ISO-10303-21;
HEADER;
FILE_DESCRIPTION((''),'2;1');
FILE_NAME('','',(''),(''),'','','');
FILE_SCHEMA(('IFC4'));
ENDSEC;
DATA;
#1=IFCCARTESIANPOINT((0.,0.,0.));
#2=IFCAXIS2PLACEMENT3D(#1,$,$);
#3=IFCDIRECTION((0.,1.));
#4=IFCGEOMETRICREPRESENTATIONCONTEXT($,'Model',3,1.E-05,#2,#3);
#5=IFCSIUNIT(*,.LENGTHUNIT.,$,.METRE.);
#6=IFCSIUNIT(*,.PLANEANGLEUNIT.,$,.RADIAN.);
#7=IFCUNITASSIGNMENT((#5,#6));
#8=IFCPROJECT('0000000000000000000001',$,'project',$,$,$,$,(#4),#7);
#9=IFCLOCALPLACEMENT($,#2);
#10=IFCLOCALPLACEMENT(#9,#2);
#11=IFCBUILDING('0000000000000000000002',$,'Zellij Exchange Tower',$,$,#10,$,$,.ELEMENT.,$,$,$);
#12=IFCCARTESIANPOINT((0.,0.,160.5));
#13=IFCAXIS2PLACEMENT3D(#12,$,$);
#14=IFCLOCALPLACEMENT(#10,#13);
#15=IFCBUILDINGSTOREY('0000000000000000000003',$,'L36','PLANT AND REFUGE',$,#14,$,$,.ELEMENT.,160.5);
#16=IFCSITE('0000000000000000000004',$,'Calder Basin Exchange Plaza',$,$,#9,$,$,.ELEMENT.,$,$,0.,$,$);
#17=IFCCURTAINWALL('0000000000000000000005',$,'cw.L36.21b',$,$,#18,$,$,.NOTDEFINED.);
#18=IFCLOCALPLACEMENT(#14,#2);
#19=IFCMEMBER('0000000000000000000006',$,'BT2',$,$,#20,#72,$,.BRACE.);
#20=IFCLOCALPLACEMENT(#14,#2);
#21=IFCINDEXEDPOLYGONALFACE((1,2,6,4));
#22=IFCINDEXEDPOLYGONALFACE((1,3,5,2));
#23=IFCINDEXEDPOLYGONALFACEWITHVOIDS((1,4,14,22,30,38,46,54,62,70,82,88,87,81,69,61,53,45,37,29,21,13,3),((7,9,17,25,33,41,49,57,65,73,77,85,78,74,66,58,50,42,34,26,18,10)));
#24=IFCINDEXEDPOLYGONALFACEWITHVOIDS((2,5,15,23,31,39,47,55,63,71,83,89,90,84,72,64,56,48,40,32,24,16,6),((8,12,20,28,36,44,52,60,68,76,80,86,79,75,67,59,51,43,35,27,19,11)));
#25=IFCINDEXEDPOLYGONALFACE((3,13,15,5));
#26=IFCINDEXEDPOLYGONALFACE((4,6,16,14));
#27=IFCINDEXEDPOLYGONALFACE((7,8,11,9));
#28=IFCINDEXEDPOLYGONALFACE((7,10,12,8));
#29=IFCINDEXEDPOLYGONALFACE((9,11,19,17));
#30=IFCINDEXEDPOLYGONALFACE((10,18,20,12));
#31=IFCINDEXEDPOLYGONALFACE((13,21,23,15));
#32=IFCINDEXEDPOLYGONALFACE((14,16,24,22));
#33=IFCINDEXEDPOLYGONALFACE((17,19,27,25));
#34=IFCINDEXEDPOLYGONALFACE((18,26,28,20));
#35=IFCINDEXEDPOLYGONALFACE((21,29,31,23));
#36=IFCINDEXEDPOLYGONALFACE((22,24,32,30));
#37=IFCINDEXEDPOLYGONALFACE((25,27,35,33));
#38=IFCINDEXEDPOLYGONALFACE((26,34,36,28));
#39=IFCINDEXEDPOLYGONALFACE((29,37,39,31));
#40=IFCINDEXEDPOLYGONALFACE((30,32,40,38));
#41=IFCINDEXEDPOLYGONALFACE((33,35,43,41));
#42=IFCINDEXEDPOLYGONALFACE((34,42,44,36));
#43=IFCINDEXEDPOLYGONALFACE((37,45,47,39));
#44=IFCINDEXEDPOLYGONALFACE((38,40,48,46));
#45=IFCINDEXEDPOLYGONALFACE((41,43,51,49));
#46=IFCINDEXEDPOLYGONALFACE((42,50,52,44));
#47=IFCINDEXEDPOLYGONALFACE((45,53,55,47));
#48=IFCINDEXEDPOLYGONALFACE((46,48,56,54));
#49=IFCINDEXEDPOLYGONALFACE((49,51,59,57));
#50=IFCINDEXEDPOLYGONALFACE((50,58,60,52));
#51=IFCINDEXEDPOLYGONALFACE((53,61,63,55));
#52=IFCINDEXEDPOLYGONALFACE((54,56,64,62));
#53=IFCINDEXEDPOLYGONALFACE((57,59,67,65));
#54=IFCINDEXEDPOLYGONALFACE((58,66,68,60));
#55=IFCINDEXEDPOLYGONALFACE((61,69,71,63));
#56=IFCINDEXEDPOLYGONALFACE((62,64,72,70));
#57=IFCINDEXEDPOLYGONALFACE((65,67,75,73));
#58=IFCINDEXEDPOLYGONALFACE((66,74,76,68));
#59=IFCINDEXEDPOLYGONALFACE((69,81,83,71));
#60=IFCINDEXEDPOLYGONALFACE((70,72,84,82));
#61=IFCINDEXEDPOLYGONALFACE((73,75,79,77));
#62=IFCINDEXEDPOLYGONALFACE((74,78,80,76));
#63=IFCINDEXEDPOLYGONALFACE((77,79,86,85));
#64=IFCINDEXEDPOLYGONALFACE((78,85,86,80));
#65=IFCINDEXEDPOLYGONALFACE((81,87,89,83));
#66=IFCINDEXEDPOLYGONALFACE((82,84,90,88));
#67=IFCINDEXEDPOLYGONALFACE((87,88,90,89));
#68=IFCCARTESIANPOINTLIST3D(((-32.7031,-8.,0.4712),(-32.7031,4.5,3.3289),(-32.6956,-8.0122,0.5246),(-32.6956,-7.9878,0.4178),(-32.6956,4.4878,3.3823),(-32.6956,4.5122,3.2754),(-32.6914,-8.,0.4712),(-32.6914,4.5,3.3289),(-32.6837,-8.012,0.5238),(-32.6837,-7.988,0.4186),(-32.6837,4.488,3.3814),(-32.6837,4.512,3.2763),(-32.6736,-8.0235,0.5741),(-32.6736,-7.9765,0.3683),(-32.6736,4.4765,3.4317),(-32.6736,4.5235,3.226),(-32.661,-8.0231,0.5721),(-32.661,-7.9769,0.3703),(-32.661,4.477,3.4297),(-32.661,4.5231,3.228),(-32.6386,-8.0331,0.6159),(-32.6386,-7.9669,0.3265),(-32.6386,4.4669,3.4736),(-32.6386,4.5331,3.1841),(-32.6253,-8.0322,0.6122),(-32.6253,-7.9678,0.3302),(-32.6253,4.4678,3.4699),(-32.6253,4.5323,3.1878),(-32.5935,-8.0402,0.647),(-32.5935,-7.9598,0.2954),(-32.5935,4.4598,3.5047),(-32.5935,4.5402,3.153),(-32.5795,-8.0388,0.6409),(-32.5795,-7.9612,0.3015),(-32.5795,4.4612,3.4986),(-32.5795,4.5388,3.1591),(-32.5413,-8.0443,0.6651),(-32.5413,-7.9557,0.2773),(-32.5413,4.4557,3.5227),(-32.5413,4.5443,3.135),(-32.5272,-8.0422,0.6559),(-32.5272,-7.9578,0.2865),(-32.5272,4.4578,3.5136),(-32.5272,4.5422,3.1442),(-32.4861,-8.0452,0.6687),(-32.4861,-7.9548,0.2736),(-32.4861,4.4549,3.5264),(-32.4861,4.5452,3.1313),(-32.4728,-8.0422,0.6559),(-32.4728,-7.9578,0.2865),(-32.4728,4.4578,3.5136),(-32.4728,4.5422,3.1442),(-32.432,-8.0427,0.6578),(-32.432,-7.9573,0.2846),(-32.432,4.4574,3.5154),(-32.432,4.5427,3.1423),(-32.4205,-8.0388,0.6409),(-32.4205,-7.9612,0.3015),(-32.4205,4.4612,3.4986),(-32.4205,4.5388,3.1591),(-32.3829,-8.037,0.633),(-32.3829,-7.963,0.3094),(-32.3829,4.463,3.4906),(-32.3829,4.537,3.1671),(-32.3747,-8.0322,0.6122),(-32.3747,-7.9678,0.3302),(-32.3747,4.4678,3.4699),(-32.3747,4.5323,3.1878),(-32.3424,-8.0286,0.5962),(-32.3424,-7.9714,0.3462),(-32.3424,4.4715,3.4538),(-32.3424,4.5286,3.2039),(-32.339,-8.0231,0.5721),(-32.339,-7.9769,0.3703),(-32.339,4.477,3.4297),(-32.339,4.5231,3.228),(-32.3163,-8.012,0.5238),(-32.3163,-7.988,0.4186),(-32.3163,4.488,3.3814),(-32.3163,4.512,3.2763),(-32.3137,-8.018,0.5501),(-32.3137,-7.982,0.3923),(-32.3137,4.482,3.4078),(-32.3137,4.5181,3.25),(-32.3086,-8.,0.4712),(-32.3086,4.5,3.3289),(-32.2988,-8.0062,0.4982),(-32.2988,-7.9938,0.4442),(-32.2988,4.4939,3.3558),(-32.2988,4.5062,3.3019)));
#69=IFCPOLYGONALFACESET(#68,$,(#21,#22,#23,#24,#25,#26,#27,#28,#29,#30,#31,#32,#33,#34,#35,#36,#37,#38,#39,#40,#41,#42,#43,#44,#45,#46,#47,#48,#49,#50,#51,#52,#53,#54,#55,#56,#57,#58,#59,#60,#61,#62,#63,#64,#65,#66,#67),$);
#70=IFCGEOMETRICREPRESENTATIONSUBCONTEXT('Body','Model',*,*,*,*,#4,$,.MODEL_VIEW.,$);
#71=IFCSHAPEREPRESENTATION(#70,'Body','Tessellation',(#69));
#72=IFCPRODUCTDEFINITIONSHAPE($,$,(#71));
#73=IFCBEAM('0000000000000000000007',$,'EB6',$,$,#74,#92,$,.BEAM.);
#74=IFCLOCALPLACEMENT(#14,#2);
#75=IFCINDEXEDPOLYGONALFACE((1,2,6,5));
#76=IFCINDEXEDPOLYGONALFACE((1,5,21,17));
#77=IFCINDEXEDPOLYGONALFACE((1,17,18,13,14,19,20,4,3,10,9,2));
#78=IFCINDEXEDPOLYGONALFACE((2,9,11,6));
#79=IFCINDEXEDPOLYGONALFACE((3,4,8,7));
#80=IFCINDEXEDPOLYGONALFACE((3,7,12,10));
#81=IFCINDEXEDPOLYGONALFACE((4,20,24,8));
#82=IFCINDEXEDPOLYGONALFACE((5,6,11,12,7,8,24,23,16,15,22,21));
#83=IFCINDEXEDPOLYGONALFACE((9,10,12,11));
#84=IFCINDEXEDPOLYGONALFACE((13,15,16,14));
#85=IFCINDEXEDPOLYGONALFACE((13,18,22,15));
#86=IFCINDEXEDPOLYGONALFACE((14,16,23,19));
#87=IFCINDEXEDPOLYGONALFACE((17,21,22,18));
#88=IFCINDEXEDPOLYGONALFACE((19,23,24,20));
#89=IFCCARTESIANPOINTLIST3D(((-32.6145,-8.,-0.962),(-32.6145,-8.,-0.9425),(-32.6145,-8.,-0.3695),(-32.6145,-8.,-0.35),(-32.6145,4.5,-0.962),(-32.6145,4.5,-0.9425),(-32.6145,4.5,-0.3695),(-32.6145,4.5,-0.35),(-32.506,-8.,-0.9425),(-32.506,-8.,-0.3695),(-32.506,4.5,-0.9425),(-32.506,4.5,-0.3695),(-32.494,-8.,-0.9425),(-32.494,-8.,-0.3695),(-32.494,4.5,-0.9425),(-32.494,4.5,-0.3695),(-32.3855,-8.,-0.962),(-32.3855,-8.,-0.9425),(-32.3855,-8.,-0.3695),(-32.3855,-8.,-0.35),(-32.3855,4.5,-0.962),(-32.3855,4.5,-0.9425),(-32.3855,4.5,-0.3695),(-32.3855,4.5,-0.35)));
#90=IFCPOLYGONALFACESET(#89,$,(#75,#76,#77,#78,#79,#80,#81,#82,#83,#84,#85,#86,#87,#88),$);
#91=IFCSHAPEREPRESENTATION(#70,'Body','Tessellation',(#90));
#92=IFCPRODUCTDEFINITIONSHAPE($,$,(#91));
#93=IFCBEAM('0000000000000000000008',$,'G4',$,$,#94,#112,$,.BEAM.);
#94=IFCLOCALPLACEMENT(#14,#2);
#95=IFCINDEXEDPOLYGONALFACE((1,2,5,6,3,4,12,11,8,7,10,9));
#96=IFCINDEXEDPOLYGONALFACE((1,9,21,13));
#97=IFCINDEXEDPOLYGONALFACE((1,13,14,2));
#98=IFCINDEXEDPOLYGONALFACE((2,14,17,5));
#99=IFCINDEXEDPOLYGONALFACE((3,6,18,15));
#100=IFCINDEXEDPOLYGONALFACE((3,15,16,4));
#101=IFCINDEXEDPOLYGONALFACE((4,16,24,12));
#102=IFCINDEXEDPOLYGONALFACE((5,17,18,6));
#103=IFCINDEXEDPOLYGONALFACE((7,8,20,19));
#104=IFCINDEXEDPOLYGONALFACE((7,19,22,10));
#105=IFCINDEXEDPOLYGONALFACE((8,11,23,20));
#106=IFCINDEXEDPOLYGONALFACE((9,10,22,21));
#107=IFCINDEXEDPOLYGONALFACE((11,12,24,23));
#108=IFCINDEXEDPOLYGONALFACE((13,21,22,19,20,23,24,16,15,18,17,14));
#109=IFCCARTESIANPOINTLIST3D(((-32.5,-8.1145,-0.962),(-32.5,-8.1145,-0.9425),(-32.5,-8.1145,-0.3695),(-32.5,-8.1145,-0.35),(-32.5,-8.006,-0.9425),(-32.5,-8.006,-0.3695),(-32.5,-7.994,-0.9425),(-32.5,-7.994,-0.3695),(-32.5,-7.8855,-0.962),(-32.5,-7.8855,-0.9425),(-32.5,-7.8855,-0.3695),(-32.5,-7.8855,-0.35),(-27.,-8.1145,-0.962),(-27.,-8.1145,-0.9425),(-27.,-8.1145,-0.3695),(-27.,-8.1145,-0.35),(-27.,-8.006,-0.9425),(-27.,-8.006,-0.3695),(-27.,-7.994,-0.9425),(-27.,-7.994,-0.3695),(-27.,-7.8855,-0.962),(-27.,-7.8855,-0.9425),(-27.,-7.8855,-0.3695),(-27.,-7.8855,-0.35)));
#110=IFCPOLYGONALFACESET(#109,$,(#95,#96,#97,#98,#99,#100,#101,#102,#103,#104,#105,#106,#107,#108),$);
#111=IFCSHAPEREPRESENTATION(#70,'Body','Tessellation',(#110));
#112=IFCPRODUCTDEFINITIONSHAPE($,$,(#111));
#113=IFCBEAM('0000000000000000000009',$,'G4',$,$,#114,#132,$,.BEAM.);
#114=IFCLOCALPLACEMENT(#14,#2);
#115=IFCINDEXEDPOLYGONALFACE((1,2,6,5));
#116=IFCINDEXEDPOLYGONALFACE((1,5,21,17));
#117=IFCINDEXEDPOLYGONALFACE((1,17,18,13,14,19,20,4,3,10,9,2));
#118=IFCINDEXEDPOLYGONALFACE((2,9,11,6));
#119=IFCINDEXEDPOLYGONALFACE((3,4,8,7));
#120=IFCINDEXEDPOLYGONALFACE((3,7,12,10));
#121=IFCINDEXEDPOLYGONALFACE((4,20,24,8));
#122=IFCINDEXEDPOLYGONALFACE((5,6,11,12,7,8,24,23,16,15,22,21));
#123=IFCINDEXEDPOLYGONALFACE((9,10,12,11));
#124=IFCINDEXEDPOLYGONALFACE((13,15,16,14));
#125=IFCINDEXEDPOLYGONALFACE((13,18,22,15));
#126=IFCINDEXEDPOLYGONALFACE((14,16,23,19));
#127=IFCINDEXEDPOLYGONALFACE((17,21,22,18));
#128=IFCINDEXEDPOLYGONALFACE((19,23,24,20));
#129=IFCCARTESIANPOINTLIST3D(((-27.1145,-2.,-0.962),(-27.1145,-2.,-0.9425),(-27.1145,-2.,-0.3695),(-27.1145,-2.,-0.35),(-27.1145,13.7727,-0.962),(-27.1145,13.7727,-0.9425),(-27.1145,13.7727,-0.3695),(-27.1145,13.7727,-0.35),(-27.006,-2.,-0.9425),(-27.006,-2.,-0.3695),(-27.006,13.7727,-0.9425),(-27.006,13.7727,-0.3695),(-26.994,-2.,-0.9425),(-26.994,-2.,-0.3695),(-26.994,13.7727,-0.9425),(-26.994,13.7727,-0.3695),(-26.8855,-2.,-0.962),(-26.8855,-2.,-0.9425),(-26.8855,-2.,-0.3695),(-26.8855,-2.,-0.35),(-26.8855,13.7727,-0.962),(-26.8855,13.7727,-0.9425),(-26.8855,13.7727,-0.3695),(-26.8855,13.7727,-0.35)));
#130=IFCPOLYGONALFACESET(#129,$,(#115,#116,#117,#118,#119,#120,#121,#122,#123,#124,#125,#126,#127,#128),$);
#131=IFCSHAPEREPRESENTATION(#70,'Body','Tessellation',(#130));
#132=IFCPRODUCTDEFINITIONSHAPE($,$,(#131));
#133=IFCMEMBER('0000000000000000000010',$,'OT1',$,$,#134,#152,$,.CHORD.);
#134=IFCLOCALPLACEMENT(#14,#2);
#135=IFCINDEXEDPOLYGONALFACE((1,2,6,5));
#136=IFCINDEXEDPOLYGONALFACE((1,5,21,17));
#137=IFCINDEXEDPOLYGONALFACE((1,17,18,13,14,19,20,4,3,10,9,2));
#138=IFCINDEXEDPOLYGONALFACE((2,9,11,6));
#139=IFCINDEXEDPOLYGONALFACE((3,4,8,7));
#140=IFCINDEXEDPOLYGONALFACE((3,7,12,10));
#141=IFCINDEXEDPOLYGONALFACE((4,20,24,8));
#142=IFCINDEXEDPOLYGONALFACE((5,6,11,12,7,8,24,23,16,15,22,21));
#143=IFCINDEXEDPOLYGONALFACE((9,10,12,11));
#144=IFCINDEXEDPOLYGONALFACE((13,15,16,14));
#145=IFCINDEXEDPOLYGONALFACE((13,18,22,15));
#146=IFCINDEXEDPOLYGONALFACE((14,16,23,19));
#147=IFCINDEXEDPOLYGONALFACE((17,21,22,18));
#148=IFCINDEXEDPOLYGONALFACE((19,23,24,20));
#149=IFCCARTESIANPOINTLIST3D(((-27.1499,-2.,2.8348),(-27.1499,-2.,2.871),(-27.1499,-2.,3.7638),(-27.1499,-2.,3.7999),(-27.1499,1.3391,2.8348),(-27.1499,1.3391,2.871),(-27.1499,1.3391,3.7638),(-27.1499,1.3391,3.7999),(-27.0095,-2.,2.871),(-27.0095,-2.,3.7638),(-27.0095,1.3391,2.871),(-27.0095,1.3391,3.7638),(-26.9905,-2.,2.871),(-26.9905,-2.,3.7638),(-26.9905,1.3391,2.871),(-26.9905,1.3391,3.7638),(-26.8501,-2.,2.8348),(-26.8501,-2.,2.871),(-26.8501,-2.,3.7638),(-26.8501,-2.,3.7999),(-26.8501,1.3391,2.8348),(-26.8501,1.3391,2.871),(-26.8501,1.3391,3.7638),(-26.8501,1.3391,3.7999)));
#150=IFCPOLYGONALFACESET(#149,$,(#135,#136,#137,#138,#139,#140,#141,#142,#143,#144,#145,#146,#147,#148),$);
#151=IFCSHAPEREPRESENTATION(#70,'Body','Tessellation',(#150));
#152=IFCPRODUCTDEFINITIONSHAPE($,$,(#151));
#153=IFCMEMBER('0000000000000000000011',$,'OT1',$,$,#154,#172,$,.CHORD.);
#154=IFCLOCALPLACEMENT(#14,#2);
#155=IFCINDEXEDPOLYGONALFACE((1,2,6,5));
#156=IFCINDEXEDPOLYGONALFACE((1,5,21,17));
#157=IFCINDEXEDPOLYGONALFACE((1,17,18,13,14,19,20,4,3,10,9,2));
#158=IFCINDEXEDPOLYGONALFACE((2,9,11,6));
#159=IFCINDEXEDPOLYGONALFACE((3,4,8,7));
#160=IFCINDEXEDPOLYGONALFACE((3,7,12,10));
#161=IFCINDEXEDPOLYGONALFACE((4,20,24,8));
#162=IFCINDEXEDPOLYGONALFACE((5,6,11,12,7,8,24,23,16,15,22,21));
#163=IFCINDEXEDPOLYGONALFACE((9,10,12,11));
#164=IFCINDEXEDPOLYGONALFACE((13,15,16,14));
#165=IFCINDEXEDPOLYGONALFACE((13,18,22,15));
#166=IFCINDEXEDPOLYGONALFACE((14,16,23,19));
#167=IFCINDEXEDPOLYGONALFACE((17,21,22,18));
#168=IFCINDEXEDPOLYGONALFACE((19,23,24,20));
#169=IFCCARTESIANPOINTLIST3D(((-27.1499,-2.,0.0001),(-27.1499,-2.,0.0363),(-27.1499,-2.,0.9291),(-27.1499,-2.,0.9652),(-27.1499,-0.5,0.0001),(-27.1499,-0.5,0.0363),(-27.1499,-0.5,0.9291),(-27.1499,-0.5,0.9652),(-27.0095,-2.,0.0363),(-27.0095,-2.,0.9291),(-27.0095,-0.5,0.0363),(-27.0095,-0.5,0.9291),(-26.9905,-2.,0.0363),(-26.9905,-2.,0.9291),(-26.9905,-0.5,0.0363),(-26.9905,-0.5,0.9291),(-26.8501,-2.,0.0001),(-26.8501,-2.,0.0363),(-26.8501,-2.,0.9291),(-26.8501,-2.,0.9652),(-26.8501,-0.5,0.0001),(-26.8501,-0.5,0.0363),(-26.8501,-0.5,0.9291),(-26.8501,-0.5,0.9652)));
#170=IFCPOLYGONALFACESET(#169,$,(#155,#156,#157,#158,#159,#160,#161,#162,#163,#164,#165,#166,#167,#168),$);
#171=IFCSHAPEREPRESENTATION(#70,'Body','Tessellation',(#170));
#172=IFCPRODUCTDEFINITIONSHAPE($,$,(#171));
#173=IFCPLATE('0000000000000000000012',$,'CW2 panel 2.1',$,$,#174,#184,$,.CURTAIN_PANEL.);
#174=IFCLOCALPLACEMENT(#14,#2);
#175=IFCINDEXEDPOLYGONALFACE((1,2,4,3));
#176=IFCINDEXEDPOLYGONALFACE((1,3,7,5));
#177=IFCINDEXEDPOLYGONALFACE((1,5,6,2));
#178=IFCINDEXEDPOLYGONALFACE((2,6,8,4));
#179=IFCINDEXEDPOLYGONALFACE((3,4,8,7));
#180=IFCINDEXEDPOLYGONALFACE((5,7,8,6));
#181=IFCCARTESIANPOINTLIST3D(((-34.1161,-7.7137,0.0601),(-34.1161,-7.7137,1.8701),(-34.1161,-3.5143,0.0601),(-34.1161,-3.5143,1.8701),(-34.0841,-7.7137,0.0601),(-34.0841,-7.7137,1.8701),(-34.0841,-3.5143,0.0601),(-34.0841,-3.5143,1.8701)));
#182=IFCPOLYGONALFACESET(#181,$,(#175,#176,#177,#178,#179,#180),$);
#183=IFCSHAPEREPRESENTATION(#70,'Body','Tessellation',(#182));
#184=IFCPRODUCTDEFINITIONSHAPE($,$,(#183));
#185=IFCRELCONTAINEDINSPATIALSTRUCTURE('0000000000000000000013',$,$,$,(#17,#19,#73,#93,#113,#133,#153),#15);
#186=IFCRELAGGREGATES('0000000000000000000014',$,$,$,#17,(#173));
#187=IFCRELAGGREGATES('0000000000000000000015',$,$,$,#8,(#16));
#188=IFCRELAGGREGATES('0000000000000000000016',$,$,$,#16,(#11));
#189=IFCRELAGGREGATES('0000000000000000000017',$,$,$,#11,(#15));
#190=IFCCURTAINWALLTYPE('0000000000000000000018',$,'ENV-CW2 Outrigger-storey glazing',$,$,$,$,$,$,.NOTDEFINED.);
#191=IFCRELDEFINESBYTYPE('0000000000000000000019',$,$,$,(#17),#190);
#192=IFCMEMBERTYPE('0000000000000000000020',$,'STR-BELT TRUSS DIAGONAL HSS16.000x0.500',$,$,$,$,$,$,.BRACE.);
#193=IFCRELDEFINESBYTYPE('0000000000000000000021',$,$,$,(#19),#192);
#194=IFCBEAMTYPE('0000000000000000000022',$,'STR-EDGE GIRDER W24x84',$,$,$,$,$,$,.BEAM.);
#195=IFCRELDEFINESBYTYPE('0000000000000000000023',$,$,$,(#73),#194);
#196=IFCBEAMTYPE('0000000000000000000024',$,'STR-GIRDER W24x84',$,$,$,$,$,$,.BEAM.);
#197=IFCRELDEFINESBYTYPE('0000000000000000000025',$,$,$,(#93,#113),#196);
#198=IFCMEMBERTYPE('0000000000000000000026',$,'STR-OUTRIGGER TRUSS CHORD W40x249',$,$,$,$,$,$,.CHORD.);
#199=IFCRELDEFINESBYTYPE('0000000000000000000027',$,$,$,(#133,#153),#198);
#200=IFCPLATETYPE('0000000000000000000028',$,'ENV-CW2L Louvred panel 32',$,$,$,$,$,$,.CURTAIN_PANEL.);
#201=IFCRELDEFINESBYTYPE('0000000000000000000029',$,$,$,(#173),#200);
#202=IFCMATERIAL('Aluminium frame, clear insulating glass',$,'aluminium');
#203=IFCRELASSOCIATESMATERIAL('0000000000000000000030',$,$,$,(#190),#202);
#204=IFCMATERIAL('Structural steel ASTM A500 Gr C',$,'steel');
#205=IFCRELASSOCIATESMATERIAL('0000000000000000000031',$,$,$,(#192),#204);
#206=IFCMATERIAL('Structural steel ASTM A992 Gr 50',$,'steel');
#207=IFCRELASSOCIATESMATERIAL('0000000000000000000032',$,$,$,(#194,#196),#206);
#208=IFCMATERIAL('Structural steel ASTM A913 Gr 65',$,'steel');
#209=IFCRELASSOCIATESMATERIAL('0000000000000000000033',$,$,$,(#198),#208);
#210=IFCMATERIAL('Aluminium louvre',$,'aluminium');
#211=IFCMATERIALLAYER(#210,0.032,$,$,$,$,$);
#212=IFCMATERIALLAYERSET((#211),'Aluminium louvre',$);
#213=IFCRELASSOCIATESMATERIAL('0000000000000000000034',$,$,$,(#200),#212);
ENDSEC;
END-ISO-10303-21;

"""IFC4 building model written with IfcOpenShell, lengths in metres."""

from ifc_helpers import new_model, si_unit, direction, frame, origin, origin_2d, place, context, subcontext, project, spatial, rectangle, hollow_circle, i_section, extrude, material, layer, layer_set, material_profile, profile_set, type_object, element, aggregate, save


model = new_model("IFC4")

# Units and contexts
model_context = context("Model", 3, precision=1e-05, world=origin(), true_north=direction((0.0, 1.0)))
body_context = subcontext(model_context, "Body", "Model", "MODEL_VIEW")
ifc_project = project(units=[si_unit("LENGTHUNIT", "METRE"), si_unit("PLANEANGLEUNIT", "RADIAN")], contexts=[model_context])

# Site, building, storey
site_placement = place(None, origin())
site = spatial("IfcSite", under=ifc_project, at=site_placement, Name="Calder Basin Exchange Plaza", CompositionType="ELEMENT", RefElevation=0.0)
building_placement = place(site_placement, origin())
building = spatial("IfcBuilding", under=site, at=building_placement, Name="Zellij Exchange Tower", CompositionType="ELEMENT")
storey_placement = place(building_placement, frame((0.0, 0.0, 160.5)))
storey = spatial("IfcBuildingStorey", under=building, at=storey_placement, Name="L36", Description="PLANT AND REFUGE", CompositionType="ELEMENT", Elevation=160.5)

# Curtain wall
ifc_material_1 = material(Name="Aluminium frame, clear insulating glass", Category="aluminium")
curtain_wall_type = type_object("IfcCurtainWallType", Name="ENV-CW2 Outrigger-storey glazing", PredefinedType="NOTDEFINED", material=ifc_material_1)
curtain_wall_placement = place(storey_placement, origin())
curtain_wall = element("IfcCurtainWall", 1, at=curtain_wall_placement, inside=storey, type_object=curtain_wall_type, Name="cw.L36.21b", PredefinedType="NOTDEFINED")

# Shared definitions
ifc_material_2 = material(Name="Structural steel ASTM A992 Gr 50", Category="steel")

# Member
ifc_material_3 = material(Name="Structural steel ASTM A500 Gr C", Category="steel")
ifc_material_profile_1 = material_profile(ifc_material_3, hollow_circle(Radius=0.2031, WallThickness=0.0117, at=origin_2d()), Name="STR-BELT TRUSS DIAGONAL HSS16.000x0.500")
ifc_profile_set_1 = profile_set([ifc_material_profile_1], Name="Structural steel ASTM A500 Gr C")
member_type_1 = type_object("IfcMemberType", Name="STR-BELT TRUSS DIAGONAL HSS16.000x0.500", PredefinedType="BRACE", material=ifc_profile_set_1)
member_1_placement = place(storey_placement, frame((-32.5, -8.0, 0.4712), z_axis=(0.0, 0.97485, 0.222864), x_axis=(-1.0, 0.0, 0.0)))
element("IfcMember", 2, at=member_1_placement, inside=storey, type_object=member_type_1, Name="BT2", PredefinedType="BRACE", context=body_context, shape_type="SweptSolid", body=[
    extrude(hollow_circle(Radius=0.2031, WallThickness=0.0117, at=origin_2d()), origin(), (0.0, 0.0, 1.0), 12.8225),
])

# Beams
ifc_material_profile_2 = material_profile(ifc_material_2, i_section(OverallWidth=0.229, OverallDepth=0.6121, WebThickness=0.012, FlangeThickness=0.0195, at=origin_2d()), Name="W24x84")
ifc_profile_set_2 = profile_set([ifc_material_profile_2], Name="Structural steel ASTM A992 Gr 50")
beam_type_1 = type_object("IfcBeamType", Name="STR-EDGE GIRDER W24x84", PredefinedType="BEAM", material=ifc_profile_set_2)
beam_1_placement = place(storey_placement, frame((-32.5, -8.0, -0.656), z_axis=(0.0, 1.0, 0.0), x_axis=(-1.0, 0.0, 0.0)))
element("IfcBeam", 3, at=beam_1_placement, inside=storey, type_object=beam_type_1, Name="EB6", PredefinedType="BEAM", context=body_context, shape_type="SweptSolid", body=[
    extrude(i_section(OverallWidth=0.229, OverallDepth=0.6121, WebThickness=0.012, FlangeThickness=0.0195, at=origin_2d()), origin(), (0.0, 0.0, 1.0), 12.5),
])
ifc_material_profile_3 = material_profile(ifc_material_2, i_section(OverallWidth=0.229, OverallDepth=0.6121, WebThickness=0.012, FlangeThickness=0.0195, at=origin_2d()), Name="W24x84")
ifc_profile_set_3 = profile_set([ifc_material_profile_3], Name="Structural steel ASTM A992 Gr 50")
beam_type_2 = type_object("IfcBeamType", Name="STR-GIRDER W24x84", PredefinedType="BEAM", material=ifc_profile_set_3)
beam_2_placement = place(storey_placement, frame((-32.5, -8.0, -0.656), z_axis=(1.0, 0.0, 0.0), x_axis=(0.0, 1.0, 0.0)))
element("IfcBeam", 4, at=beam_2_placement, inside=storey, type_object=beam_type_2, Name="G4", PredefinedType="BEAM", context=body_context, shape_type="SweptSolid", body=[
    extrude(i_section(OverallWidth=0.229, OverallDepth=0.6121, WebThickness=0.012, FlangeThickness=0.0195, at=origin_2d()), origin(), (0.0, 0.0, 1.0), 5.5),
])
beam_3_placement = place(storey_placement, frame((-27.0, -2.0, -0.656), z_axis=(0.0, 1.0, 0.0), x_axis=(-1.0, 0.0, 0.0)))
element("IfcBeam", 5, at=beam_3_placement, inside=storey, type_object=beam_type_2, Name="G4", PredefinedType="BEAM", context=body_context, shape_type="SweptSolid", body=[
    extrude(i_section(OverallWidth=0.229, OverallDepth=0.6121, WebThickness=0.012, FlangeThickness=0.0195, at=origin_2d()), origin(), (0.0, 0.0, 1.0), 15.7727),
])

# Members
ifc_material_4 = material(Name="Structural steel ASTM A913 Gr 65", Category="steel")
ifc_material_profile_4 = material_profile(ifc_material_4, i_section(OverallWidth=0.2998, OverallDepth=0.9651, WebThickness=0.019, FlangeThickness=0.0361, at=origin_2d()), Name="W40x249")
ifc_profile_set_4 = profile_set([ifc_material_profile_4], Name="Structural steel ASTM A913 Gr 65")
member_type_2 = type_object("IfcMemberType", Name="STR-OUTRIGGER TRUSS CHORD W40x249", PredefinedType="CHORD", material=ifc_profile_set_4)
member_2_placement = place(storey_placement, frame((-27.0, -2.0, 3.3174), z_axis=(0.0, 1.0, 0.0), x_axis=(-1.0, 0.0, 0.0)))
element("IfcMember", 6, at=member_2_placement, inside=storey, type_object=member_type_2, Name="OT1", PredefinedType="CHORD", context=body_context, shape_type="SweptSolid", body=[
    extrude(i_section(OverallWidth=0.2998, OverallDepth=0.9651, WebThickness=0.019, FlangeThickness=0.0361, at=origin_2d()), origin(), (0.0, 0.0, 1.0), 3.3391),
])
member_3_placement = place(storey_placement, frame((-27.0, -2.0, 0.4827), z_axis=(0.0, 1.0, 0.0), x_axis=(-1.0, 0.0, 0.0)))
element("IfcMember", 7, at=member_3_placement, inside=storey, type_object=member_type_2, Name="OT1", PredefinedType="CHORD", context=body_context, shape_type="SweptSolid", body=[
    extrude(i_section(OverallWidth=0.2998, OverallDepth=0.9651, WebThickness=0.019, FlangeThickness=0.0361, at=origin_2d()), origin(), (0.0, 0.0, 1.0), 1.5),
])

# Plate
ifc_material_5 = material(Name="Aluminium louvre", Category="aluminium")
ifc_layer_1 = layer(ifc_material_5, 0.032)
ifc_layer_set_1 = layer_set([ifc_layer_1], Name="Aluminium louvre")
plate_type_1 = type_object("IfcPlateType", Name="ENV-CW2L Louvred panel 32", PredefinedType="CURTAIN_PANEL", material=ifc_layer_set_1)
plate_1_placement = place(storey_placement, frame((-34.1001, -5.614, 0.0601), z_axis=(0.0, 0.0, 1.0), x_axis=(0.0, -1.0, 0.0)))
plate_1 = element("IfcPlate", 8, at=plate_1_placement, type_object=plate_type_1, Name="CW2 panel 2.1", PredefinedType="CURTAIN_PANEL", context=body_context, shape_type="SweptSolid", body=[
    extrude(rectangle(XDim=4.1995, YDim=0.032, at=origin_2d()), origin(), (0.0, 0.0, 1.0), 1.8101),
])
aggregate(curtain_wall, [plate_1])

save(model, "model.ifc")
